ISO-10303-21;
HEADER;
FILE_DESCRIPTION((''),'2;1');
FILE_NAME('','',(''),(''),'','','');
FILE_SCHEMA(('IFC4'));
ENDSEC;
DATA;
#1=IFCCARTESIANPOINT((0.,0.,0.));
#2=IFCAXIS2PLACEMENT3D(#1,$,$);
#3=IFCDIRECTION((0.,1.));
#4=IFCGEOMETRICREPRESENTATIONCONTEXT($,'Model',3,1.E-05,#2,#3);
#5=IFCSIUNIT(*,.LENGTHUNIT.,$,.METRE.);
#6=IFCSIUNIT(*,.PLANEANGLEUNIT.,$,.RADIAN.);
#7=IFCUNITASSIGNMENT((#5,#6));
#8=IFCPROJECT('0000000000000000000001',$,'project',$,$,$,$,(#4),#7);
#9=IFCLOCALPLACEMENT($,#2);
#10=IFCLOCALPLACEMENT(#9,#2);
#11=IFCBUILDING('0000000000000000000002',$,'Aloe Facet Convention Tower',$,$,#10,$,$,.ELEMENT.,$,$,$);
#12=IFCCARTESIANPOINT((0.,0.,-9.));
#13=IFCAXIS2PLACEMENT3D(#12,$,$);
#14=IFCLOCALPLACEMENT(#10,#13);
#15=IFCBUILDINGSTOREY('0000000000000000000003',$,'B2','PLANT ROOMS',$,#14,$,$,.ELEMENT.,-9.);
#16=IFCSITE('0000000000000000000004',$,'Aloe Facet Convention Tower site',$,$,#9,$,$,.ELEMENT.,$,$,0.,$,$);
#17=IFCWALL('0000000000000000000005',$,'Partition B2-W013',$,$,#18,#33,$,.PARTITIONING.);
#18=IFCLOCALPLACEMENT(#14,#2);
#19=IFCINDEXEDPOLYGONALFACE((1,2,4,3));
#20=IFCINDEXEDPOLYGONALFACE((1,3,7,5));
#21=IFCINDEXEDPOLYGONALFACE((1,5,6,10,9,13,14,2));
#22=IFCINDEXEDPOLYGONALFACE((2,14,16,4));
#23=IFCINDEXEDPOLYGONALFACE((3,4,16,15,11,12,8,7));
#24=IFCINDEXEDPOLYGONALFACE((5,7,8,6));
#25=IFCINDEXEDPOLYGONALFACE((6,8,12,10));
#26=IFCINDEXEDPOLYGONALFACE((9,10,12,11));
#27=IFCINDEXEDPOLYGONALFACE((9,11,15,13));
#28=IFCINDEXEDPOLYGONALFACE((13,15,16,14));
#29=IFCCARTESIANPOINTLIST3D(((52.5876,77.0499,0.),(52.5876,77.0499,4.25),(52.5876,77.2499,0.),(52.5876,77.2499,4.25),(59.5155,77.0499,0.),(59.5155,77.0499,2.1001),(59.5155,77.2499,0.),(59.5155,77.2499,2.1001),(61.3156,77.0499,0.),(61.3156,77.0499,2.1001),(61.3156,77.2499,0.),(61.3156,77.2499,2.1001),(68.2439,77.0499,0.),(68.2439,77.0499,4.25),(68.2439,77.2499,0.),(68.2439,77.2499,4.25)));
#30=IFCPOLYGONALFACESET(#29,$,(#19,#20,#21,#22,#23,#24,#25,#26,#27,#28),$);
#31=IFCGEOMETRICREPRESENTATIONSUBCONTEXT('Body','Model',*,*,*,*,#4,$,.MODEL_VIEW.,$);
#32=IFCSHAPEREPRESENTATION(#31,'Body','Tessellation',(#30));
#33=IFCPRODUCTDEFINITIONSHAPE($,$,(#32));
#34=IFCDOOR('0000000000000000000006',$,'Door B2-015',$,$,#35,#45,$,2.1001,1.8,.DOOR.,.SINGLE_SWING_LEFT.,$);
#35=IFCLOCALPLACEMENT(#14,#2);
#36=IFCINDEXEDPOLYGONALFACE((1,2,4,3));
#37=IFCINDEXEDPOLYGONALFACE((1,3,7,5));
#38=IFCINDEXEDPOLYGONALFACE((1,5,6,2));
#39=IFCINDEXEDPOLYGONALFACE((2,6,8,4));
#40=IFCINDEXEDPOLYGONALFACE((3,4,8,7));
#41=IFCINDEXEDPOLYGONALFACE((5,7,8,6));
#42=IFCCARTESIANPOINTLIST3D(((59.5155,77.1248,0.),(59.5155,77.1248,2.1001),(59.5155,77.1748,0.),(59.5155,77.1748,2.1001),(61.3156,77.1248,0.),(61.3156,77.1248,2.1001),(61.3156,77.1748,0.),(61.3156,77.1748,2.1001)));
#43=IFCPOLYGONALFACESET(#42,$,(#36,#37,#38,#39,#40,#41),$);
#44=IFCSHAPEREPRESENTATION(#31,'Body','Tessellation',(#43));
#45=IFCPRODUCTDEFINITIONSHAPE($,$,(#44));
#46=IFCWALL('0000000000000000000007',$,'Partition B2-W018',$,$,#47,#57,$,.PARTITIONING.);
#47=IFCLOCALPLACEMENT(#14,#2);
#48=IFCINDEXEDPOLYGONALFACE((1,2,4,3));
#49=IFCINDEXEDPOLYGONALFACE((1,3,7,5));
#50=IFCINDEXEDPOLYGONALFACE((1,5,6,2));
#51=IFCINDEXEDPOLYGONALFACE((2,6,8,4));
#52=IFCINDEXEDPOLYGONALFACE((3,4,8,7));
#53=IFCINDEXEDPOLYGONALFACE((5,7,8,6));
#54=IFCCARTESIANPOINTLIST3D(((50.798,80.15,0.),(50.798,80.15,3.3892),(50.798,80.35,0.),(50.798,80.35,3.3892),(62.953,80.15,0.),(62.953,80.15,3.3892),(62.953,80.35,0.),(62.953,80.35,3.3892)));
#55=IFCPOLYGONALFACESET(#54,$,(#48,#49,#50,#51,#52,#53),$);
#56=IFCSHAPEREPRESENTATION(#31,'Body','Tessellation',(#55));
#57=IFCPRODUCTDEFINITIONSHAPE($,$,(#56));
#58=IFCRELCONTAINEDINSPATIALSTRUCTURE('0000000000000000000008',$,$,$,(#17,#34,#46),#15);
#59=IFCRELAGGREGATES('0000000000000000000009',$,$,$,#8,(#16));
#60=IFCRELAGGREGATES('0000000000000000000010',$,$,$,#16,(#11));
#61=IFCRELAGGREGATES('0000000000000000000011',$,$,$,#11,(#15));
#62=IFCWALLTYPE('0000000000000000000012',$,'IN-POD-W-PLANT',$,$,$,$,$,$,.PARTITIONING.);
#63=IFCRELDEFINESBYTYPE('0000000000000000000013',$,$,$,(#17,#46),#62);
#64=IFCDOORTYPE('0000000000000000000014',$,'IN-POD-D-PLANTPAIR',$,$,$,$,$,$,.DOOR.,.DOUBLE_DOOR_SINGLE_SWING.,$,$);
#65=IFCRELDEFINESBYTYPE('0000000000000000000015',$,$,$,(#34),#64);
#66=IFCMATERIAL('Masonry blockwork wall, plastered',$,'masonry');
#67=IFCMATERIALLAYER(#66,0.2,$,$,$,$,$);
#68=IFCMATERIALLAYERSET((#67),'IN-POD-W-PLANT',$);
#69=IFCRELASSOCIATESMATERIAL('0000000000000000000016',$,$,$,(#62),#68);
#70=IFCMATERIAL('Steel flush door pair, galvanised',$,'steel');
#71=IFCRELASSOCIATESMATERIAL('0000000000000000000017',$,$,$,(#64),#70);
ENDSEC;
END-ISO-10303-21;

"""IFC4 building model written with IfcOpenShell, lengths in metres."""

from ifc_helpers import new_model, si_unit, direction, frame, frame_2d, origin, place, context, subcontext, project, spatial, rectangle, extrude, material, layer, layer_set, type_object, element, fill, save


model = new_model("IFC4")

# Units and contexts
model_context = context("Model", 3, precision=1e-05, world=origin(), true_north=direction((0.0, 1.0)))
body_context = subcontext(model_context, "Body", "Model", "MODEL_VIEW")
ifc_project = project(units=[si_unit("LENGTHUNIT", "METRE"), si_unit("PLANEANGLEUNIT", "RADIAN")], contexts=[model_context])

# Site, building, storey
site_placement = place(None, origin())
site = spatial("IfcSite", under=ifc_project, at=site_placement, Name="Aloe Facet Convention Tower site", CompositionType="ELEMENT", RefElevation=0.0)
building_placement = place(site_placement, origin())
building = spatial("IfcBuilding", under=site, at=building_placement, Name="Aloe Facet Convention Tower", CompositionType="ELEMENT")
storey_placement = place(building_placement, frame((0.0, 0.0, -9.0)))
storey = spatial("IfcBuildingStorey", under=building, at=storey_placement, Name="B2", Description="PLANT ROOMS", CompositionType="ELEMENT", Elevation=-9.0)

# Wall, opening, door
ifc_material_1 = material(Name="Masonry blockwork wall, plastered", Category="masonry")
ifc_layer = layer(ifc_material_1, 0.2)
ifc_layer_set = layer_set([ifc_layer], Name="IN-POD-W-PLANT")
wall_type = type_object("IfcWallType", Name="IN-POD-W-PLANT", PredefinedType="PARTITIONING", material=ifc_layer_set)
wall_1_placement = place(storey_placement, frame((52.5876, 77.1499, 0.0), z_axis=(0.0, 0.0, 1.0), x_axis=(1.0, 0.0, 0.0)))
wall_1 = element("IfcWall", 1, at=wall_1_placement, inside=storey, type_object=wall_type, Name="Partition B2-W013", PredefinedType="PARTITIONING", context=body_context, shape_type="SweptSolid", body=[
    extrude(rectangle(XDim=15.6562, YDim=0.2, at=frame_2d((7.8281, 0.0))), origin(), (0.0, 0.0, 1.0), 4.25),
])
opening_placement = place(wall_1_placement, frame((6.928, 0.0, 0.0)))
opening = element("IfcOpeningElement", 2, at=opening_placement, cuts=wall_1, PredefinedType="OPENING", context=body_context, shape_type="SweptSolid", body=[
    extrude(rectangle(XDim=1.8, YDim=2.1001, at=frame_2d((0.8999, 1.05))), frame((0.0, 0.1099, 0.0), z_axis=(0.0, -1.0, 0.0), x_axis=(1.0, 0.0, 0.0)), (0.0, 0.0, 1.0), 0.22),
])
ifc_material_2 = material(Name="Steel flush door pair, galvanised", Category="steel")
door_type = type_object("IfcDoorType", Name="IN-POD-D-PLANTPAIR", OperationType="DOUBLE_DOOR_SINGLE_SWING", PredefinedType="DOOR", material=ifc_material_2)
door_placement = place(opening_placement, origin())
door = element("IfcDoor", 3, at=door_placement, inside=storey, type_object=door_type, Name="Door B2-015", OperationType="SINGLE_SWING_LEFT", OverallHeight=2.1001, OverallWidth=1.8, PredefinedType="DOOR", context=body_context, shape_type="SweptSolid", body=[
    extrude(rectangle(XDim=1.8, YDim=2.1001, at=frame_2d((0.8999, 1.05))), frame((0.0, 0.0249, 0.0), z_axis=(0.0, -1.0, 0.0), x_axis=(1.0, 0.0, 0.0)), (0.0, 0.0, 1.0), 0.05),
])
fill(opening, door)

# Wall
wall_2_placement = place(storey_placement, frame((50.7979, 80.25, 0.0), z_axis=(0.0, 0.0, 1.0), x_axis=(1.0, 0.0, 0.0)))
element("IfcWall", 4, at=wall_2_placement, inside=storey, type_object=wall_type, Name="Partition B2-W018", PredefinedType="PARTITIONING", context=body_context, shape_type="SweptSolid", body=[
    extrude(rectangle(XDim=12.155, YDim=0.2, at=frame_2d((6.0776, 0.0))), origin(), (0.0, 0.0, 1.0), 3.3892),
])

save(model, "model.ifc")
